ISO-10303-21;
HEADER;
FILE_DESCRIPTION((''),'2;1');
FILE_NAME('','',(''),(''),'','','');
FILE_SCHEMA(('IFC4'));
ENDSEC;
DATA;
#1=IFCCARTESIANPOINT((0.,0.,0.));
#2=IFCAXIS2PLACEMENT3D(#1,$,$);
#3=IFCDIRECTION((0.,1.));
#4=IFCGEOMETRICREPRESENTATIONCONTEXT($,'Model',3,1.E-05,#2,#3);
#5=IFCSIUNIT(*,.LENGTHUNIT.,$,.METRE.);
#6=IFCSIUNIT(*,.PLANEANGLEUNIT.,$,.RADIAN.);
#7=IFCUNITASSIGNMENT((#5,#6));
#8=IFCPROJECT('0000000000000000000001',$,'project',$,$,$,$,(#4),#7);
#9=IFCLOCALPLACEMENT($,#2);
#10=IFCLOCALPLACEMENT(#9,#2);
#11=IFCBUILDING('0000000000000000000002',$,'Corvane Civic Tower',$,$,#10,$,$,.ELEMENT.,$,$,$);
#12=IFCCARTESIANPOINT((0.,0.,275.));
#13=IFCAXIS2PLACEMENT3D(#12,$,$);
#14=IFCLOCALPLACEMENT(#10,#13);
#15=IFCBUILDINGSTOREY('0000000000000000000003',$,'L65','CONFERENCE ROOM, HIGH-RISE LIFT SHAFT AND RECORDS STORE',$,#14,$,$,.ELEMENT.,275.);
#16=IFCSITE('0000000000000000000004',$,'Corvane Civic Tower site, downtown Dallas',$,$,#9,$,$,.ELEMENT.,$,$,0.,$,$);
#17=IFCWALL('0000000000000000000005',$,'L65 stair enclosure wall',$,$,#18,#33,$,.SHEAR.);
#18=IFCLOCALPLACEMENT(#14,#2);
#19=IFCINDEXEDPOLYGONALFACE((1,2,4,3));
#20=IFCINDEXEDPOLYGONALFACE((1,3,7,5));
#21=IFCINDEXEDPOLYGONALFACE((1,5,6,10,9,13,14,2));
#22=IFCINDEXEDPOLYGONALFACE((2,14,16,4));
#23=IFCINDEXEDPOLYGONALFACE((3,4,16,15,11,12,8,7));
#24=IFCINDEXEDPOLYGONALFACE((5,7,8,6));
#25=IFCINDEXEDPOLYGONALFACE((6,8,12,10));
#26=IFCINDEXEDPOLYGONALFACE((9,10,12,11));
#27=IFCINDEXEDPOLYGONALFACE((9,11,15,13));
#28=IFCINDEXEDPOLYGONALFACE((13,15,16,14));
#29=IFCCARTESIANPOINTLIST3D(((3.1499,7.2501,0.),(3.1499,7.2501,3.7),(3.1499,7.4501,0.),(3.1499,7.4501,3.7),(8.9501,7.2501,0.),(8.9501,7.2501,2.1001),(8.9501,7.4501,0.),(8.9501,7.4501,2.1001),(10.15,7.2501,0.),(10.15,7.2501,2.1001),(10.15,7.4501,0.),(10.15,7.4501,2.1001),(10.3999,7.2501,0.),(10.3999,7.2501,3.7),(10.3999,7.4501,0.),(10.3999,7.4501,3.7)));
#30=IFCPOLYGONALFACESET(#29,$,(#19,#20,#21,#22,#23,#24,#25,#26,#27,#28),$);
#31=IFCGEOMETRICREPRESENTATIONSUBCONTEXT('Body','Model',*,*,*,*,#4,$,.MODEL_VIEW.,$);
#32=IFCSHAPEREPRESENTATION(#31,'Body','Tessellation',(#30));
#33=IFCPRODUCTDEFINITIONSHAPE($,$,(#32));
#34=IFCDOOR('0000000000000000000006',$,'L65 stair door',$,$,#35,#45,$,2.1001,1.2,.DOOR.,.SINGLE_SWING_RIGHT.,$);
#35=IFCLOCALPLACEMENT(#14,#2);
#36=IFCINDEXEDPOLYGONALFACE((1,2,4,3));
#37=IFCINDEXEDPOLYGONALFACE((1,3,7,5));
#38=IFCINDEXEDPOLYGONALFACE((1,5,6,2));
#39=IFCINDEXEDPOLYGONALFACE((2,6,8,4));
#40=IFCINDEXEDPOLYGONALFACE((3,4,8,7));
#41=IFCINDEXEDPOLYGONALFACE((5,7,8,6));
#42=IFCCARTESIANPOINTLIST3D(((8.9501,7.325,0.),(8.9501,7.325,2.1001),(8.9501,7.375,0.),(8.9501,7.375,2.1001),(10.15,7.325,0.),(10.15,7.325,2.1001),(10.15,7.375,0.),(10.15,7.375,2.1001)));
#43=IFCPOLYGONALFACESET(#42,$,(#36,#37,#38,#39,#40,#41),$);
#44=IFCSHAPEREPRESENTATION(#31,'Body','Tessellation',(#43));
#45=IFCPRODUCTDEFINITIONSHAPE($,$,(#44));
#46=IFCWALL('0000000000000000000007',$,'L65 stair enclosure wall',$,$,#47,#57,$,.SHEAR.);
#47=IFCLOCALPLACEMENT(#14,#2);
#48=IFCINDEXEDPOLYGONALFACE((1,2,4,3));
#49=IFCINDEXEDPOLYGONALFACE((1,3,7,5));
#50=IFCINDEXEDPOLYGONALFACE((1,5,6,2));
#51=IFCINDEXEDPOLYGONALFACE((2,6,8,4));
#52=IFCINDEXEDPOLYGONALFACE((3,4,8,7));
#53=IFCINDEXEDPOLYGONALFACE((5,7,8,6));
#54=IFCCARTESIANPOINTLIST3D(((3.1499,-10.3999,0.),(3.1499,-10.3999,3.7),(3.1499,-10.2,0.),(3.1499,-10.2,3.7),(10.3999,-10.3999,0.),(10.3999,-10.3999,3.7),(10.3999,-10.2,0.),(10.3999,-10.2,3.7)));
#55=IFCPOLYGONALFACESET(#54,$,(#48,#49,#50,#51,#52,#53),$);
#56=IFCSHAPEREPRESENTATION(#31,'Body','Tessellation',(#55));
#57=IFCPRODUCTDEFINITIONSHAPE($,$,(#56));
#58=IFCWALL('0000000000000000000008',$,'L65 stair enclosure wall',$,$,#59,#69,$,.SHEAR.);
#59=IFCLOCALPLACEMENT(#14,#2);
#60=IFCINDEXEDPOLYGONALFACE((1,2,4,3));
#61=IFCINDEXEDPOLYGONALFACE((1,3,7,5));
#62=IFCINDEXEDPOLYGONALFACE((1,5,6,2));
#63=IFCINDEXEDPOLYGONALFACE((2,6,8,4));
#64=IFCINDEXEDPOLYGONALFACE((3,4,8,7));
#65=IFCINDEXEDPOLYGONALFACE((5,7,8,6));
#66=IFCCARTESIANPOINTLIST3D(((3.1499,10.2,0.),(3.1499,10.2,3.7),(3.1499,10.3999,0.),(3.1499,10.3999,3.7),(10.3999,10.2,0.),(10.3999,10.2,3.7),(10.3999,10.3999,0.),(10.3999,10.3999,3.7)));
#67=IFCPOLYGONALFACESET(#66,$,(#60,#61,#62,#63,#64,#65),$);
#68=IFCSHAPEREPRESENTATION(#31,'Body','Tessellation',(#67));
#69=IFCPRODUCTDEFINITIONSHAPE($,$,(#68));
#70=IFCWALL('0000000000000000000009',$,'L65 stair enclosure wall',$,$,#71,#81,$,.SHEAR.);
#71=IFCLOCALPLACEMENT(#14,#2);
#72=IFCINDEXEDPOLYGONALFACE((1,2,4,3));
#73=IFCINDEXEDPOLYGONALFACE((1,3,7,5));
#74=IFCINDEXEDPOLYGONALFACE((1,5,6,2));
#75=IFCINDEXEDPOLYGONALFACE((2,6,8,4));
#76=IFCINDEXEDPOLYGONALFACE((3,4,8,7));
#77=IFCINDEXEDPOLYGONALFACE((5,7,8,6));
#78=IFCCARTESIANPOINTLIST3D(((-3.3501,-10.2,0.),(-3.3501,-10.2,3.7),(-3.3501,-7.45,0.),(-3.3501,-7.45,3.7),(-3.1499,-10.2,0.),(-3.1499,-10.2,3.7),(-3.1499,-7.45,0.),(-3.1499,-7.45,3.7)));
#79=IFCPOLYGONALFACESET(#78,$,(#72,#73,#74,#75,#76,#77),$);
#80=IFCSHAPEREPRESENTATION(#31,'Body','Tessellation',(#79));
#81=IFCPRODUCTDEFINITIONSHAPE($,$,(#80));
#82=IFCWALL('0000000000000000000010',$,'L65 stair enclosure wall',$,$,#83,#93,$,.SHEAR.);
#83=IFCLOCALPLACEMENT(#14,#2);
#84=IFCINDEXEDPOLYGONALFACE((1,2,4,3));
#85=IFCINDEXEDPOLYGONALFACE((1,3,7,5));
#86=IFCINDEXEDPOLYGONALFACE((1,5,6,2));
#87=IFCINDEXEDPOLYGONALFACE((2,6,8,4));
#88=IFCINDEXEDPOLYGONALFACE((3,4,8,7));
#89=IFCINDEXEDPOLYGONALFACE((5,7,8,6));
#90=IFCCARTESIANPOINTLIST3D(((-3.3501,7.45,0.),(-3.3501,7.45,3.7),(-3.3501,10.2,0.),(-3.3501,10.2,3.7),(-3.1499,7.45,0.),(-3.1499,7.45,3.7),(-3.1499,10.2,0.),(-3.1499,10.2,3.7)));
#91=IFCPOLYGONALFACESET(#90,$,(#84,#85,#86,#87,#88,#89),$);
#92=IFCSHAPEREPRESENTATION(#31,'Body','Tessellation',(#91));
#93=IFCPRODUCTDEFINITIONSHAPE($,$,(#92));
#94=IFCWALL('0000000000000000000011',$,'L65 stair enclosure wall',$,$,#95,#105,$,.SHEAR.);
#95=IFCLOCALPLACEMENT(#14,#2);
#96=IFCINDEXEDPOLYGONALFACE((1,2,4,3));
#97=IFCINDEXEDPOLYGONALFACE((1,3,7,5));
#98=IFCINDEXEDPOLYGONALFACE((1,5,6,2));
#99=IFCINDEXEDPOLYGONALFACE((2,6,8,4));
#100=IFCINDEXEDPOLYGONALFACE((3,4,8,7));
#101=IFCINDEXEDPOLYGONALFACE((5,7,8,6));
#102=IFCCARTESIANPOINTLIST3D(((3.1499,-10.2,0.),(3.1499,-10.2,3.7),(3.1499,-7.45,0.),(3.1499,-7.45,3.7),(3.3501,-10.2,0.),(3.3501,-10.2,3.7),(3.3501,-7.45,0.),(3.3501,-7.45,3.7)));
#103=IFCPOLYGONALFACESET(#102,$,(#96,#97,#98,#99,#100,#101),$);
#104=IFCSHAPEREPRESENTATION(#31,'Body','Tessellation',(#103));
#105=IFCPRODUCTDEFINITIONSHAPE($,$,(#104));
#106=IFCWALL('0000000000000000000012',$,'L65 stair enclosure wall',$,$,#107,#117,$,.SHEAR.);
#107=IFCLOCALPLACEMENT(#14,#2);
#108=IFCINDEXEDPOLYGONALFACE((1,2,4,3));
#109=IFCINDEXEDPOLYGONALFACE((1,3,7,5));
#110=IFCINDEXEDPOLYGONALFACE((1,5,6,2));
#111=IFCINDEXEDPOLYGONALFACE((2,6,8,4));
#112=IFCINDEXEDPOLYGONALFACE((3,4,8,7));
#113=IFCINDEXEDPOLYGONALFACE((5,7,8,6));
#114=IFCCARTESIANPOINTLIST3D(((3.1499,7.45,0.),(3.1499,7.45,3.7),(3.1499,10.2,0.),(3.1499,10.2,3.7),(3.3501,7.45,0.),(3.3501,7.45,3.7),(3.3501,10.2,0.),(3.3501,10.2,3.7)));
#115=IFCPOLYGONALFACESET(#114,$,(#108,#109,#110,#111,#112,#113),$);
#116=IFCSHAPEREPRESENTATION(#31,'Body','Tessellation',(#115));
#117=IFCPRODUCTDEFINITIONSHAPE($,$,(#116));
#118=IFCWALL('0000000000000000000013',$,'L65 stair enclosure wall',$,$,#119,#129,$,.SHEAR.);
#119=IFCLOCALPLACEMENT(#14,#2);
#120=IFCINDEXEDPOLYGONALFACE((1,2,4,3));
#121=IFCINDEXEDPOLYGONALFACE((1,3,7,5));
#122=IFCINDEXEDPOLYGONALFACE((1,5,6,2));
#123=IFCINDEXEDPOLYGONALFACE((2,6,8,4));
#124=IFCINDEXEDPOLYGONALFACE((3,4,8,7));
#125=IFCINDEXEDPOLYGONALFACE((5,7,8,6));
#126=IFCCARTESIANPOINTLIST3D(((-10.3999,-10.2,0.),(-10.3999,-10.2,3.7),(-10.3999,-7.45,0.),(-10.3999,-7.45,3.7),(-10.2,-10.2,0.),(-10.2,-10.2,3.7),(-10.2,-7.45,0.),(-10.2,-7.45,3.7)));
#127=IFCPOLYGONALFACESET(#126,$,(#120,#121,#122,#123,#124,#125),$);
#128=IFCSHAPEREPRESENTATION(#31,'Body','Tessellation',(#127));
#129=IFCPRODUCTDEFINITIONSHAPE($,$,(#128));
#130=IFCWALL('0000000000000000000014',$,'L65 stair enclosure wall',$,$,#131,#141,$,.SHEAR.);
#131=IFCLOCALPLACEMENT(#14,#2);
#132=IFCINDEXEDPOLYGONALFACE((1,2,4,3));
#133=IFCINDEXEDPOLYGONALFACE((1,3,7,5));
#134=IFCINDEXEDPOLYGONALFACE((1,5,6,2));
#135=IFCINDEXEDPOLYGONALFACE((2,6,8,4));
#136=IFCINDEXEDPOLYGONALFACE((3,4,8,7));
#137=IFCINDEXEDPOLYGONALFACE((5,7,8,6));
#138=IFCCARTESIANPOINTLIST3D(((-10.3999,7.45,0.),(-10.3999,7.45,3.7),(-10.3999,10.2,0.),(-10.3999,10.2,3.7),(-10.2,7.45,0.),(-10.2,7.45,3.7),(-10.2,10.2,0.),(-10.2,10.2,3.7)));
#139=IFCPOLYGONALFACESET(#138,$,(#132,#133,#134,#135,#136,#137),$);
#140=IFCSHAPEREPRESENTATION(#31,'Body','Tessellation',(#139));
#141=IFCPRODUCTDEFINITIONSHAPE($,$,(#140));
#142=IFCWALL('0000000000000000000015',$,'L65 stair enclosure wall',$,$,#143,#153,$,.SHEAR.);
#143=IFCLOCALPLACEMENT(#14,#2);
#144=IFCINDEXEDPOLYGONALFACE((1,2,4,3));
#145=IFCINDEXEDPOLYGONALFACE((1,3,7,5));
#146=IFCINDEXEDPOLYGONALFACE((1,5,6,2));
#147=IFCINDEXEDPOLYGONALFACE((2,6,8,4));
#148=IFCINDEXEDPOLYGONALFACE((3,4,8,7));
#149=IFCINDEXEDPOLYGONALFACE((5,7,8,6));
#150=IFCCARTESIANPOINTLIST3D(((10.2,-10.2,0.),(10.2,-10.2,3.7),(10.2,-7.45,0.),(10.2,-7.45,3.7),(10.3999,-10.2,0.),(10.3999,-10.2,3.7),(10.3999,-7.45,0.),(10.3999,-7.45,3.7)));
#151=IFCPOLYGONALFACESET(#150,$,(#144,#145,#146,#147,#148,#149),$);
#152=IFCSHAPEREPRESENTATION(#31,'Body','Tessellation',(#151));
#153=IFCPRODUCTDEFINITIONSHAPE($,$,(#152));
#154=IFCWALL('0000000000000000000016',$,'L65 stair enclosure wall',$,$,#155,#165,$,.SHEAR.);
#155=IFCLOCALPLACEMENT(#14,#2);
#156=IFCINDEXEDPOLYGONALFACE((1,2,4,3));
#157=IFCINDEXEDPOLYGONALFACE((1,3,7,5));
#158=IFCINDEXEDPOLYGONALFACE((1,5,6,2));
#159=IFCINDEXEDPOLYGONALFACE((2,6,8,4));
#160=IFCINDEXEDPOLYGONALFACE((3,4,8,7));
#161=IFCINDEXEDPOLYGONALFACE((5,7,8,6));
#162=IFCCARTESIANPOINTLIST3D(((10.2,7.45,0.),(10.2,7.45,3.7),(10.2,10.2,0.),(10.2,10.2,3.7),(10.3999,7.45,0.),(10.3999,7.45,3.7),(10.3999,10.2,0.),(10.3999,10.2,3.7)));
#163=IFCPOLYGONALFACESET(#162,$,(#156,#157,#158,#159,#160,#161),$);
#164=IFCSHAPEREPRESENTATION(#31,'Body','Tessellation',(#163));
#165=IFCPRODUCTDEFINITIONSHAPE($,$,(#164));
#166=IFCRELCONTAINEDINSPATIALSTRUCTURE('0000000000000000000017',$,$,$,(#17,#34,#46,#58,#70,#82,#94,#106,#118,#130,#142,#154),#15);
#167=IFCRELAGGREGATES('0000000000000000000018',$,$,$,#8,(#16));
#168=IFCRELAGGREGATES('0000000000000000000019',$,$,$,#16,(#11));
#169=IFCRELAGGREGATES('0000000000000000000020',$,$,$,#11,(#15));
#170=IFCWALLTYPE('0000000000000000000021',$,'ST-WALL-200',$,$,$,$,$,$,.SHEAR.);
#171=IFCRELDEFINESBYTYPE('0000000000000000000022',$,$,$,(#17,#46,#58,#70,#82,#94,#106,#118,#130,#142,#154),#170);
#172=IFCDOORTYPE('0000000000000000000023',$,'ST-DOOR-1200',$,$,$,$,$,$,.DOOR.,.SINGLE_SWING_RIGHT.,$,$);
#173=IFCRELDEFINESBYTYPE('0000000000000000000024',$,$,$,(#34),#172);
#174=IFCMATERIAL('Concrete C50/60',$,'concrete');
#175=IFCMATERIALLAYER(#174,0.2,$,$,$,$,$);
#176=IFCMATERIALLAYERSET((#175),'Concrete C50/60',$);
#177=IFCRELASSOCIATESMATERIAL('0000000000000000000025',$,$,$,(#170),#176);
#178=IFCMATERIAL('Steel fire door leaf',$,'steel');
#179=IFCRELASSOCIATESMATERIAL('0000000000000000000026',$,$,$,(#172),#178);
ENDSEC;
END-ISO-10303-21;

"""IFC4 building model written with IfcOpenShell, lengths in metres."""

from ifc_helpers import new_model, si_unit, direction, frame, frame_2d, origin, place, context, subcontext, project, spatial, polyline, rectangle, outline, extrude, material, layer, layer_set, type_object, element, fill, save


model = new_model("IFC4")

# Units and contexts
model_context = context("Model", 3, precision=1e-05, world=origin(), true_north=direction((0.0, 1.0)))
body_context = subcontext(model_context, "Body", "Model", "MODEL_VIEW")
ifc_project = project(units=[si_unit("LENGTHUNIT", "METRE"), si_unit("PLANEANGLEUNIT", "RADIAN")], contexts=[model_context])

# Site, building, storey
site_placement = place(None, origin())
site = spatial("IfcSite", under=ifc_project, at=site_placement, Name="Corvane Civic Tower site, downtown Dallas", CompositionType="ELEMENT", RefElevation=0.0)
building_placement = place(site_placement, origin())
building = spatial("IfcBuilding", under=site, at=building_placement, Name="Corvane Civic Tower", CompositionType="ELEMENT")
storey_placement = place(building_placement, frame((0.0, 0.0, 275.0)))
storey = spatial("IfcBuildingStorey", under=building, at=storey_placement, Name="L65", Description="CONFERENCE ROOM, HIGH-RISE LIFT SHAFT AND RECORDS STORE", CompositionType="ELEMENT", Elevation=275.0)

# Wall, opening, door
ifc_material_1 = material(Name="Concrete C50/60", Category="concrete")
ifc_layer_1 = layer(ifc_material_1, 0.2)
ifc_layer_set_1 = layer_set([ifc_layer_1], Name="Concrete C50/60")
wall_type_1 = type_object("IfcWallType", Name="ST-WALL-200", PredefinedType="SHEAR", material=ifc_layer_set_1)
wall_1_placement = place(storey_placement, frame((3.1499, 7.3501, 0.0), z_axis=(0.0, 0.0, 1.0), x_axis=(1.0, 0.0, 0.0)))
wall_1 = element("IfcWall", 1, at=wall_1_placement, inside=storey, type_object=wall_type_1, Name="L65 stair enclosure wall", PredefinedType="SHEAR", context=body_context, shape_type="SweptSolid", body=[
    extrude(rectangle(XDim=7.25, YDim=0.2, at=frame_2d((3.625, 0.0))), origin(), (0.0, 0.0, 1.0), 3.7),
])
opening_1_placement = place(wall_1_placement, frame((5.8, 0.0, 0.0)))
opening_1 = element("IfcOpeningElement", 2, at=opening_1_placement, cuts=wall_1, PredefinedType="OPENING", context=body_context, shape_type="SweptSolid", body=[
    extrude(rectangle(XDim=1.2, YDim=2.1001, at=frame_2d((0.6001, 1.05))), frame((0.0, 0.1099, 0.0), z_axis=(0.0, -1.0, 0.0), x_axis=(1.0, 0.0, 0.0)), (0.0, 0.0, 1.0), 0.22),
])
ifc_material_2 = material(Name="Steel fire door leaf", Category="steel")
door_type_1 = type_object("IfcDoorType", Name="ST-DOOR-1200", OperationType="SINGLE_SWING_RIGHT", PredefinedType="DOOR", material=ifc_material_2)
door_1_placement = place(opening_1_placement, origin())
door_1 = element("IfcDoor", 3, at=door_1_placement, inside=storey, type_object=door_type_1, Name="L65 stair door", OperationType="SINGLE_SWING_RIGHT", OverallHeight=2.1001, OverallWidth=1.2, PredefinedType="DOOR", context=body_context, shape_type="SweptSolid", body=[
    extrude(rectangle(XDim=1.2, YDim=2.1001, at=frame_2d((0.6001, 1.05))), frame((0.0, 0.0249, 0.0), z_axis=(0.0, -1.0, 0.0), x_axis=(1.0, 0.0, 0.0)), (0.0, 0.0, 1.0), 0.05),
])
fill(opening_1, door_1)

# Walls
wall_2_placement = place(storey_placement, origin())
element("IfcWall", 4, at=wall_2_placement, inside=storey, type_object=wall_type_1, Name="L65 stair enclosure wall", PredefinedType="SHEAR", context=body_context, shape_type="SweptSolid", body=[
    extrude(outline(polyline([(10.3999, -10.3999), (3.1499, -10.3999), (3.1499, -10.2), (10.3999, -10.2), (10.3999, -10.3999)])), origin(), (0.0, 0.0, 1.0), 3.7),
])
wall_3_placement = place(storey_placement, origin())
element("IfcWall", 5, at=wall_3_placement, inside=storey, type_object=wall_type_1, Name="L65 stair enclosure wall", PredefinedType="SHEAR", context=body_context, shape_type="SweptSolid", body=[
    extrude(outline(polyline([(10.3999, 10.2), (3.1499, 10.2), (3.1499, 10.3999), (10.3999, 10.3999), (10.3999, 10.2)])), origin(), (0.0, 0.0, 1.0), 3.7),
])
wall_4_placement = place(storey_placement, origin())
element("IfcWall", 6, at=wall_4_placement, inside=storey, type_object=wall_type_1, Name="L65 stair enclosure wall", PredefinedType="SHEAR", context=body_context, shape_type="SweptSolid", body=[
    extrude(outline(polyline([(-3.1499, -7.45), (-3.1499, -10.2), (-3.3501, -10.2), (-3.3501, -7.45), (-3.1499, -7.45)])), origin(), (0.0, 0.0, 1.0), 3.7),
])
wall_5_placement = place(storey_placement, origin())
element("IfcWall", 7, at=wall_5_placement, inside=storey, type_object=wall_type_1, Name="L65 stair enclosure wall", PredefinedType="SHEAR", context=body_context, shape_type="SweptSolid", body=[
    extrude(outline(polyline([(-3.1499, 7.45), (-3.3501, 7.45), (-3.3501, 10.2), (-3.1499, 10.2), (-3.1499, 7.45)])), origin(), (0.0, 0.0, 1.0), 3.7),
])
wall_6_placement = place(storey_placement, origin())
element("IfcWall", 8, at=wall_6_placement, inside=storey, type_object=wall_type_1, Name="L65 stair enclosure wall", PredefinedType="SHEAR", context=body_context, shape_type="SweptSolid", body=[
    extrude(outline(polyline([(3.3501, -7.45), (3.3501, -10.2), (3.1499, -10.2), (3.1499, -7.45), (3.3501, -7.45)])), origin(), (0.0, 0.0, 1.0), 3.7),
])
wall_7_placement = place(storey_placement, origin())
element("IfcWall", 9, at=wall_7_placement, inside=storey, type_object=wall_type_1, Name="L65 stair enclosure wall", PredefinedType="SHEAR", context=body_context, shape_type="SweptSolid", body=[
    extrude(outline(polyline([(3.3501, 7.45), (3.1499, 7.45), (3.1499, 10.2), (3.3501, 10.2), (3.3501, 7.45)])), origin(), (0.0, 0.0, 1.0), 3.7),
])
wall_8_placement = place(storey_placement, origin())
element("IfcWall", 10, at=wall_8_placement, inside=storey, type_object=wall_type_1, Name="L65 stair enclosure wall", PredefinedType="SHEAR", context=body_context, shape_type="SweptSolid", body=[
    extrude(outline(polyline([(-10.2, -7.45), (-10.2, -10.2), (-10.3999, -10.2), (-10.3999, -7.45), (-10.2, -7.45)])), origin(), (0.0, 0.0, 1.0), 3.7),
])
wall_9_placement = place(storey_placement, origin())
element("IfcWall", 11, at=wall_9_placement, inside=storey, type_object=wall_type_1, Name="L65 stair enclosure wall", PredefinedType="SHEAR", context=body_context, shape_type="SweptSolid", body=[
    extrude(outline(polyline([(-10.2, 7.45), (-10.3999, 7.45), (-10.3999, 10.2), (-10.2, 10.2), (-10.2, 7.45)])), origin(), (0.0, 0.0, 1.0), 3.7),
])
wall_10_placement = place(storey_placement, origin())
element("IfcWall", 12, at=wall_10_placement, inside=storey, type_object=wall_type_1, Name="L65 stair enclosure wall", PredefinedType="SHEAR", context=body_context, shape_type="SweptSolid", body=[
    extrude(outline(polyline([(10.3999, -7.45), (10.3999, -10.2), (10.2, -10.2), (10.2, -7.45), (10.3999, -7.45)])), origin(), (0.0, 0.0, 1.0), 3.7),
])
wall_11_placement = place(storey_placement, origin())
element("IfcWall", 13, at=wall_11_placement, inside=storey, type_object=wall_type_1, Name="L65 stair enclosure wall", PredefinedType="SHEAR", context=body_context, shape_type="SweptSolid", body=[
    extrude(outline(polyline([(10.3999, 7.45), (10.2, 7.45), (10.2, 10.2), (10.3999, 10.2), (10.3999, 7.45)])), origin(), (0.0, 0.0, 1.0), 3.7),
])

save(model, "model.ifc")
